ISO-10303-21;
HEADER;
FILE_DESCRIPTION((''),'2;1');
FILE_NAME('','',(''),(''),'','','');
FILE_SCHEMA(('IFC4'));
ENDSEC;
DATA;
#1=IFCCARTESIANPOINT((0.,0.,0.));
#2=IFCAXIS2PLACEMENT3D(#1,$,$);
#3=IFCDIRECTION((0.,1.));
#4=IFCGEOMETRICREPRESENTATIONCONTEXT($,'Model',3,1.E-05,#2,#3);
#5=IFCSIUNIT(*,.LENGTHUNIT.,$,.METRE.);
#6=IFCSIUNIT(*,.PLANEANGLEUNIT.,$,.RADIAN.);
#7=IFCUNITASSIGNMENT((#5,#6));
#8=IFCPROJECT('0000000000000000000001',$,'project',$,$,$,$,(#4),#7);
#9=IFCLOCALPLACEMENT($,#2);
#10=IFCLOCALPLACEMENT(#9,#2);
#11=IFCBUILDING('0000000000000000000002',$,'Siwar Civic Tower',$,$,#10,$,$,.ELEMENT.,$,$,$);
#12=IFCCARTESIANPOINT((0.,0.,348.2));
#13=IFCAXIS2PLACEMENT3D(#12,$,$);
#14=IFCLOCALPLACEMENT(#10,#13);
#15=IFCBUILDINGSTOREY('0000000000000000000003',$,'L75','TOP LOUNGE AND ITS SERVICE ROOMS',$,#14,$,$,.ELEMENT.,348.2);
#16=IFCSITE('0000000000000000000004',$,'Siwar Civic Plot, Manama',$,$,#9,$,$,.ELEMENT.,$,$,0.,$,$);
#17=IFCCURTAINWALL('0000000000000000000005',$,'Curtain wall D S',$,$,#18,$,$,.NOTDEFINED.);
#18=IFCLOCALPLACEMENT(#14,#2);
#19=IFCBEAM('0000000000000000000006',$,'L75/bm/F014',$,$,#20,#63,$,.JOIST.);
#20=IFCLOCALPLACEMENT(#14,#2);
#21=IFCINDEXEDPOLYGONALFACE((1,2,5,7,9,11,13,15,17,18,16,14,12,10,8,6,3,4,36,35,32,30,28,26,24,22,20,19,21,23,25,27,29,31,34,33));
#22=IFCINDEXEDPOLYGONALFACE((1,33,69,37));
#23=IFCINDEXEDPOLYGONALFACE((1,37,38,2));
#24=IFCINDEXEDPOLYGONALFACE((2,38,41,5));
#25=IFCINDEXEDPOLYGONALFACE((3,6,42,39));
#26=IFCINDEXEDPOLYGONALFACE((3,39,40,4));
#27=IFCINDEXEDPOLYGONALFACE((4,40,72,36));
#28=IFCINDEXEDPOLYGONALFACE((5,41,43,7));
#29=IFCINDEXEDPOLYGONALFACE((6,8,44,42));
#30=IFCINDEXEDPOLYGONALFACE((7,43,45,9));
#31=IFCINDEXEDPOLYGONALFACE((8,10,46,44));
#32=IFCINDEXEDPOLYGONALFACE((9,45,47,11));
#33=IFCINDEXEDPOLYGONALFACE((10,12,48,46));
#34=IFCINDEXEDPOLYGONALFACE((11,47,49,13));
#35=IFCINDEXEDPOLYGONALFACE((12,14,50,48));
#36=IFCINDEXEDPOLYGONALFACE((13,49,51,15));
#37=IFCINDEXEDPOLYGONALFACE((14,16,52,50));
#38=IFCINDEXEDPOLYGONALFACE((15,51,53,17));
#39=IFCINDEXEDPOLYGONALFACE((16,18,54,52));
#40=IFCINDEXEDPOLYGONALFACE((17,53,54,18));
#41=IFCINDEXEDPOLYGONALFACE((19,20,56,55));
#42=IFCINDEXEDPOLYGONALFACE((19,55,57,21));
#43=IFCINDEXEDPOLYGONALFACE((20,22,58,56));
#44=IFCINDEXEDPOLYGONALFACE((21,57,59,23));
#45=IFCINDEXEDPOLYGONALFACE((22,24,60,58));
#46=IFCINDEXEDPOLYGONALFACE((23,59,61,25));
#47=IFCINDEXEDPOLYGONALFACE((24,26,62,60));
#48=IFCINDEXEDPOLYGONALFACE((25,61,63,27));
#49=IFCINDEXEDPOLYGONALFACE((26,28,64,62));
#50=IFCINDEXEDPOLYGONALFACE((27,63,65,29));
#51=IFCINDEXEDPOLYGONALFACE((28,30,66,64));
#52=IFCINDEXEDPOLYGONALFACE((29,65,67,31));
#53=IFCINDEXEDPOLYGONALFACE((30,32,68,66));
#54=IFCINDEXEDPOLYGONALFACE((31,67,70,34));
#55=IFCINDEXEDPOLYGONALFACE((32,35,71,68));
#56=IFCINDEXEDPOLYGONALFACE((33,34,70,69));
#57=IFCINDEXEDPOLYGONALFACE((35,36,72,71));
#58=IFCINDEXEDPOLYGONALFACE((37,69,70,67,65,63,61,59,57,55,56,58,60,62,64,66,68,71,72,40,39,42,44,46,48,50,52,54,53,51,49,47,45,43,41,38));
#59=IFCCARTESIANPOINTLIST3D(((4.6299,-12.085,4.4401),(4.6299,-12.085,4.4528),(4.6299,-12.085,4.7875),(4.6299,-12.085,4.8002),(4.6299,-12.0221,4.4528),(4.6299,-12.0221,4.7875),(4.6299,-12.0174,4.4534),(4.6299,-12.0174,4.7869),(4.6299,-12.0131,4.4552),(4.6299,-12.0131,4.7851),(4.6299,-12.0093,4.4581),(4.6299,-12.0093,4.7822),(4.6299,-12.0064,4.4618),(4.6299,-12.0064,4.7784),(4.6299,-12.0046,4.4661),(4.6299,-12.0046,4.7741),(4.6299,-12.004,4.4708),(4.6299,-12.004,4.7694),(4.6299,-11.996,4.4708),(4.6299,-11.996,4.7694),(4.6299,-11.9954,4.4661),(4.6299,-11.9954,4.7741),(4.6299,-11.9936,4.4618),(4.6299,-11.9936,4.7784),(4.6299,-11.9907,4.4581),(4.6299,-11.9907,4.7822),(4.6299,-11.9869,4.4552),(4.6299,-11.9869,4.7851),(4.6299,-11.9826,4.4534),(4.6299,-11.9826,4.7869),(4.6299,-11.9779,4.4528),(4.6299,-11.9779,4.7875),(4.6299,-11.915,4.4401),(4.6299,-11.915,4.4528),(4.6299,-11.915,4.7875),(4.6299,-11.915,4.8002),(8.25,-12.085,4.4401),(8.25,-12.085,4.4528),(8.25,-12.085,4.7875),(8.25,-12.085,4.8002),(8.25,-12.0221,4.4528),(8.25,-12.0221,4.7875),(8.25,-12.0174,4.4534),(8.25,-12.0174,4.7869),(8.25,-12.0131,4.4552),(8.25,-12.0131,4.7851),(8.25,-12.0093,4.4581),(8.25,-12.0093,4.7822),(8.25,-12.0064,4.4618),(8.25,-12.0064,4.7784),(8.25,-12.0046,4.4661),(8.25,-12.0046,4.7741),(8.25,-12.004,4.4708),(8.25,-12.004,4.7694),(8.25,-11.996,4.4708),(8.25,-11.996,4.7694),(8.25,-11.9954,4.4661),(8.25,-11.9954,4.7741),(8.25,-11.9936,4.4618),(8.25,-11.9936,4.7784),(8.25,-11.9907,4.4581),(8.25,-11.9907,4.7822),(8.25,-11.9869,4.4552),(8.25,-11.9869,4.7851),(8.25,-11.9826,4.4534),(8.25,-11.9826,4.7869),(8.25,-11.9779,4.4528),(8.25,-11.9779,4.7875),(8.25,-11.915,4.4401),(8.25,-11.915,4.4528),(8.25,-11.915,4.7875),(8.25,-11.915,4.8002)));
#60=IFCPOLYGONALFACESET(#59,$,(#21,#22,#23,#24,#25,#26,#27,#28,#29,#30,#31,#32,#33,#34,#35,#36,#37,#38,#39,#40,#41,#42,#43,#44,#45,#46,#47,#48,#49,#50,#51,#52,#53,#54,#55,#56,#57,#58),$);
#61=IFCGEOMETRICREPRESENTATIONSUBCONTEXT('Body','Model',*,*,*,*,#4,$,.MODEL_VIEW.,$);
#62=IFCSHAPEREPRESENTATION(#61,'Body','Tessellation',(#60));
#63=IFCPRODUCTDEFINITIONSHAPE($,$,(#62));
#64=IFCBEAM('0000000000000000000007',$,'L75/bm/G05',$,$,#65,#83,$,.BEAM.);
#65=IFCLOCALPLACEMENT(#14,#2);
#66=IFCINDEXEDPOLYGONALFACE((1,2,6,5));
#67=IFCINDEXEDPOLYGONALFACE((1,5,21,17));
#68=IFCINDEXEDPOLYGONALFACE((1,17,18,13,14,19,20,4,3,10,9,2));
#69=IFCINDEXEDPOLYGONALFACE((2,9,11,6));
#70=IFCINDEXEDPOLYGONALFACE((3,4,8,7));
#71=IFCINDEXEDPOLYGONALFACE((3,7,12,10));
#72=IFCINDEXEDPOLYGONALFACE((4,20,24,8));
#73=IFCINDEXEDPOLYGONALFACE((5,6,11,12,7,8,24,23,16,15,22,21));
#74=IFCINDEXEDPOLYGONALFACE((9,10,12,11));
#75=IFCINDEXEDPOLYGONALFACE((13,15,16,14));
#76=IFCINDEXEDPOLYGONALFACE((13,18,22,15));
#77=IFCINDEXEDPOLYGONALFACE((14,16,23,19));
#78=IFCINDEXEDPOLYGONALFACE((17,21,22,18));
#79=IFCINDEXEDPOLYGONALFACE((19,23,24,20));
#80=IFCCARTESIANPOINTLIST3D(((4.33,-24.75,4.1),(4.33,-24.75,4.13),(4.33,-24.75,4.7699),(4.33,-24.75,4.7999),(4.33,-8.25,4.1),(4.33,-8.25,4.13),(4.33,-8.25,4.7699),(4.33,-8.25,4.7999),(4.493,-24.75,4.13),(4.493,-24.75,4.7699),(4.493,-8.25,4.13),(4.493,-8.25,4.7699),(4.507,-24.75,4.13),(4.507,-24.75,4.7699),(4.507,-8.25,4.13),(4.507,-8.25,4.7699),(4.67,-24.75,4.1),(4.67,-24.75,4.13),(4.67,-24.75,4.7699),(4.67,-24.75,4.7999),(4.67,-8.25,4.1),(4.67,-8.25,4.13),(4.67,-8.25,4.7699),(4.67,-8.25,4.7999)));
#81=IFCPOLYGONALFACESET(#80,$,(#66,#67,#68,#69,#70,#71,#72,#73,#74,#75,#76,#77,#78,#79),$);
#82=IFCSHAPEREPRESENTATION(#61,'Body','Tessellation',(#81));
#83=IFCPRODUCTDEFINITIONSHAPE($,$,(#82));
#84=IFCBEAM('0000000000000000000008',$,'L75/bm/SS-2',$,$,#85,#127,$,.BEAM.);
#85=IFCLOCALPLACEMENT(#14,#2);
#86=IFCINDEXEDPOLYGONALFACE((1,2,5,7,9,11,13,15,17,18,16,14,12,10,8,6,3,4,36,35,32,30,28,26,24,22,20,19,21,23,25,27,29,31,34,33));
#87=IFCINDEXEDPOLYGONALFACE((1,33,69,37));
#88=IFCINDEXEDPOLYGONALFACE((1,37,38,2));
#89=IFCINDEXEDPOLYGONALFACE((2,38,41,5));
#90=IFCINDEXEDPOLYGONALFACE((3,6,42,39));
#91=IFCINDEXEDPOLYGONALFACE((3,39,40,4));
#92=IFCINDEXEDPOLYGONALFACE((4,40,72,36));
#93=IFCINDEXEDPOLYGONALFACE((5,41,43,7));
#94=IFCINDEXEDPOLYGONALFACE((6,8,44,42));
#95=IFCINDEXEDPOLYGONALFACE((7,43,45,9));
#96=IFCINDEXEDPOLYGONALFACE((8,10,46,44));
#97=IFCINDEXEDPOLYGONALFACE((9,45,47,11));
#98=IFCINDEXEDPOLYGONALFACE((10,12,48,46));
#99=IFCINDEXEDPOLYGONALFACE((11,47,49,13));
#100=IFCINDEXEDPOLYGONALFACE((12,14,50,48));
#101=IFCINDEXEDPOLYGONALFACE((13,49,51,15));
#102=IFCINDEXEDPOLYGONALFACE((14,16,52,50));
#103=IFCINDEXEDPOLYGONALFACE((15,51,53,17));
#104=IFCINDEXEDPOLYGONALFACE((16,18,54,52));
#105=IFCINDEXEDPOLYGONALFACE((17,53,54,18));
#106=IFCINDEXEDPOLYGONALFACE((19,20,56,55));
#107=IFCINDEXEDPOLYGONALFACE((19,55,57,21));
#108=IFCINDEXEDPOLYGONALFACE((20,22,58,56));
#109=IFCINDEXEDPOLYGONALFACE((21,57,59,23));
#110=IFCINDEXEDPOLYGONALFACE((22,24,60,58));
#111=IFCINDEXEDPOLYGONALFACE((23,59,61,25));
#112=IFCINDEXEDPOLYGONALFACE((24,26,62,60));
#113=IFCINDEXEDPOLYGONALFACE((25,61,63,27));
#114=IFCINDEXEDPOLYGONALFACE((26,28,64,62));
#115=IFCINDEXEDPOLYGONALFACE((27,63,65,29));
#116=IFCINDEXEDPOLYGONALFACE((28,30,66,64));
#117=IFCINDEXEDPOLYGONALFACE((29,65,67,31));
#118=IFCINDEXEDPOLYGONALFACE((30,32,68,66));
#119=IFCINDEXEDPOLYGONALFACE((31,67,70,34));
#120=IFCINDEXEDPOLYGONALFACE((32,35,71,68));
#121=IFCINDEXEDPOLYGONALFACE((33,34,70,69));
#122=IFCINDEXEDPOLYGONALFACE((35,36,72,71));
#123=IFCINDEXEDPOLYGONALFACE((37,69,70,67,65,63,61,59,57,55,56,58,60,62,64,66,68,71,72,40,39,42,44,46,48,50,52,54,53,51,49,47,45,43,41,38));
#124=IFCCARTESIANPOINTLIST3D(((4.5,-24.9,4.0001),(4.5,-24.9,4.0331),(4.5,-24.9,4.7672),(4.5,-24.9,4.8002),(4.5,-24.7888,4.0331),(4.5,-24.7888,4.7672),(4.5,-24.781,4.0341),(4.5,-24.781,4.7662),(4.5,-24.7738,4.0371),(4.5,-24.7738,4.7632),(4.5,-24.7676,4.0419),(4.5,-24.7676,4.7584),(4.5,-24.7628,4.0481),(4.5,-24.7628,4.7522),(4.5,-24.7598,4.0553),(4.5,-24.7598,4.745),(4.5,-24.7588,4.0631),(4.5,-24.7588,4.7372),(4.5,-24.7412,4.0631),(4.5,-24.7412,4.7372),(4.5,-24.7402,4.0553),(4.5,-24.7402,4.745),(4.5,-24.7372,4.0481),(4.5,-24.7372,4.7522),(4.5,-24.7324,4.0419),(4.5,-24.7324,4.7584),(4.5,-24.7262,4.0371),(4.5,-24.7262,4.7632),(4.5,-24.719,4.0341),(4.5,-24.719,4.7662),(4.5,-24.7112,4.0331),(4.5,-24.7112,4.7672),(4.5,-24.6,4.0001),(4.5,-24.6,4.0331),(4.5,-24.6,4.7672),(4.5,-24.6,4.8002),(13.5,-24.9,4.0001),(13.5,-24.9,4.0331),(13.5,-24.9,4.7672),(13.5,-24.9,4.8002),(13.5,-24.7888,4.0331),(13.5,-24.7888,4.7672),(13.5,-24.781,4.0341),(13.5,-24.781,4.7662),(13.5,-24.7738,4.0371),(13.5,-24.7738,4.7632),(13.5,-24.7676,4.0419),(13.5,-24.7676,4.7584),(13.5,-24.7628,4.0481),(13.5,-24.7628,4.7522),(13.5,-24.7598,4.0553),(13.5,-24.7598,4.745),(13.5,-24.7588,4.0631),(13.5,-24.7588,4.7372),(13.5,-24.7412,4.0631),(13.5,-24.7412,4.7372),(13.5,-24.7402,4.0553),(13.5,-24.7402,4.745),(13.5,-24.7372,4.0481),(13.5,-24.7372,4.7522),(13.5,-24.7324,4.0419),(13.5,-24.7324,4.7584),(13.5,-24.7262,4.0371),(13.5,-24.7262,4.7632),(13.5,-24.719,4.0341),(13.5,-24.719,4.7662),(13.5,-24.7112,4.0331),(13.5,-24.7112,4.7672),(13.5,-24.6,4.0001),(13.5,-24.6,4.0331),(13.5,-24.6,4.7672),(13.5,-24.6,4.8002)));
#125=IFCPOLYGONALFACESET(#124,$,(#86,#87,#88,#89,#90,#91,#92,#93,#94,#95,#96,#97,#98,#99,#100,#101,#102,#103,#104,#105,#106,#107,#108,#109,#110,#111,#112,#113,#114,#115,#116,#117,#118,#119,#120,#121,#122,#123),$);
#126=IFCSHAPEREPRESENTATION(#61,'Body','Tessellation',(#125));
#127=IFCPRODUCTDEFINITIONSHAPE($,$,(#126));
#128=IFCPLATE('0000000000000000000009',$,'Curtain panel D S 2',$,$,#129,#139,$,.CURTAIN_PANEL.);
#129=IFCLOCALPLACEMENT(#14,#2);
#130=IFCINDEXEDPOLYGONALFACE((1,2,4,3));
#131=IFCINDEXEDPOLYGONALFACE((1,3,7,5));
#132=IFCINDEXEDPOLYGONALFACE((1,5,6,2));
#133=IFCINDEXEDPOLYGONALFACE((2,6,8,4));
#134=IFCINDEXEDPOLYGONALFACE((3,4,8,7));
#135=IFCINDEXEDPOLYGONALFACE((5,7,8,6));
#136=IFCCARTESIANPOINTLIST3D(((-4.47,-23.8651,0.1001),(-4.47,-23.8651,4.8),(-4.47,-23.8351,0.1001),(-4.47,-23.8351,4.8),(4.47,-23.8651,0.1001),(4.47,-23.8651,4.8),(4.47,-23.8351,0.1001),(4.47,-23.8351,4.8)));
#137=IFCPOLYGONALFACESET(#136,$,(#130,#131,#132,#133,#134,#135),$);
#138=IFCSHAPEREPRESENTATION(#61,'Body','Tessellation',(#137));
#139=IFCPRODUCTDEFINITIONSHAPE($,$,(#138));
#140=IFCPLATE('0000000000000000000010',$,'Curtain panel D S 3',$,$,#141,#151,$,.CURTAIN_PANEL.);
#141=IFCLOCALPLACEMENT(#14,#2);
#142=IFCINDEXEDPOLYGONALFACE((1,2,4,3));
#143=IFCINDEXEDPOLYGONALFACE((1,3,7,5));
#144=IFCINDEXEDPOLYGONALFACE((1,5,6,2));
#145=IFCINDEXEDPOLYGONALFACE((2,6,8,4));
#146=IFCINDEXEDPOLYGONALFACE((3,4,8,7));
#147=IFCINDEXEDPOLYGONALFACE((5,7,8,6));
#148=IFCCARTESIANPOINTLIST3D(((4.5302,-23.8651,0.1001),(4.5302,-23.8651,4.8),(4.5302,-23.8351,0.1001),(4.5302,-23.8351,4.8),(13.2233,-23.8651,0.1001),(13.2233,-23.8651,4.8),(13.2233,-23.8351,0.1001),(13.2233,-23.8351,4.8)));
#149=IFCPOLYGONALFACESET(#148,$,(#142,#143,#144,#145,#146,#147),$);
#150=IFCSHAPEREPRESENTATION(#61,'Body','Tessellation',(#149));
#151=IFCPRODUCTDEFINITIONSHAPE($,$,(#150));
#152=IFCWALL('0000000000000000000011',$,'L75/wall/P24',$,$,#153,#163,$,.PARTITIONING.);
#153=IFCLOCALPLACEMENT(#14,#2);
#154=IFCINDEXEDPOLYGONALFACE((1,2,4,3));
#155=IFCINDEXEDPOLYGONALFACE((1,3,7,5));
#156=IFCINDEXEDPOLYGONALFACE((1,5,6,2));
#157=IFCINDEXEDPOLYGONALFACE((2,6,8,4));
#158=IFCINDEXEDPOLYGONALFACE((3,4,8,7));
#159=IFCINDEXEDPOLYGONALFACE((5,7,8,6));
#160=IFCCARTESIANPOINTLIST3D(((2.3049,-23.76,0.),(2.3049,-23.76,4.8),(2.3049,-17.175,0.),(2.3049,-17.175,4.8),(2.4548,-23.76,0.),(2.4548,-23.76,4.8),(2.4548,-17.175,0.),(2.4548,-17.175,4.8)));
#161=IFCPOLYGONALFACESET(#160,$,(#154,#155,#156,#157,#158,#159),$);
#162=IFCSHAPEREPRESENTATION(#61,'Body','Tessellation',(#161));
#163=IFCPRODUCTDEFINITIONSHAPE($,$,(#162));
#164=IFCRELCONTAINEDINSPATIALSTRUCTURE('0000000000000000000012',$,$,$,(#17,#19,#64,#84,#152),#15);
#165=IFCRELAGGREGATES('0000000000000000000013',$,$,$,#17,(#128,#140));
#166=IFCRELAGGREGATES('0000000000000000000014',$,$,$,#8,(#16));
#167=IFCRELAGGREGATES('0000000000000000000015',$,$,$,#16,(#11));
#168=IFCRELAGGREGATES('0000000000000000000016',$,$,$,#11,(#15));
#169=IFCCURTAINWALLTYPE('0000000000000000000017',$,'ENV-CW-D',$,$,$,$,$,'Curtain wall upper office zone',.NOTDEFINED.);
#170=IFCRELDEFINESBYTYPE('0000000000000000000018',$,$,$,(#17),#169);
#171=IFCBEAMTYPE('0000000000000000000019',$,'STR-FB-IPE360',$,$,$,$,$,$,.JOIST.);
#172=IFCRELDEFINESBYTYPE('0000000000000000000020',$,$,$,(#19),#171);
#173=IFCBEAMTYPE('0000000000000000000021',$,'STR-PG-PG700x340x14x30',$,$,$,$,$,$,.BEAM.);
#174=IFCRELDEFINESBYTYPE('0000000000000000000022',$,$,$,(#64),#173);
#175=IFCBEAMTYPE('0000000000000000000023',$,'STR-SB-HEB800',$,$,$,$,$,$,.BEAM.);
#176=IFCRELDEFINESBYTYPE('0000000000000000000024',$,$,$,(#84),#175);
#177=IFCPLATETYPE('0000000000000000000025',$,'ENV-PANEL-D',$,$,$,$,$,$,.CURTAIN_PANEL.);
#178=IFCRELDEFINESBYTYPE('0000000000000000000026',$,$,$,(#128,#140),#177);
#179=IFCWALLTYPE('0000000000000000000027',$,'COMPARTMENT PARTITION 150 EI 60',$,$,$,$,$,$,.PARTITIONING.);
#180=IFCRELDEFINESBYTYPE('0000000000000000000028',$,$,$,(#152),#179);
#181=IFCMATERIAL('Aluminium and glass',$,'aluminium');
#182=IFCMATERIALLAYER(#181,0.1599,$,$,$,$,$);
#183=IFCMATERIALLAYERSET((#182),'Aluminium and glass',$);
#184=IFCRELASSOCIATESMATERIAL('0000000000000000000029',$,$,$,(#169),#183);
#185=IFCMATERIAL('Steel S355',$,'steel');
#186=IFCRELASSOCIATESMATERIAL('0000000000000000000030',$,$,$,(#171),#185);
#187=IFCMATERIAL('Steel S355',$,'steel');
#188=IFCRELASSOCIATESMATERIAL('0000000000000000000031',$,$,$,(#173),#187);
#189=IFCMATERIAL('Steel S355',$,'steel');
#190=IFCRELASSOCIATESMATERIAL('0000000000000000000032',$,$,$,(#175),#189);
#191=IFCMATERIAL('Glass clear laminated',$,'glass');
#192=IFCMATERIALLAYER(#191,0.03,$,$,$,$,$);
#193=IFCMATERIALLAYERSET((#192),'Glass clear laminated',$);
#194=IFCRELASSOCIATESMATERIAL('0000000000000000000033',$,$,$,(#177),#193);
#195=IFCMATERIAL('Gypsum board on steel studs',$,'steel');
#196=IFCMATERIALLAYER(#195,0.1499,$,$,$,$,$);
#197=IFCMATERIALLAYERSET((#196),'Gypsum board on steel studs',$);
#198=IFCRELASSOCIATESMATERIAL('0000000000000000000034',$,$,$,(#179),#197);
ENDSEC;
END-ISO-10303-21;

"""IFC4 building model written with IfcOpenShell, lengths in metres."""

from ifc_helpers import new_model, si_unit, direction, frame, frame_2d, origin, origin_2d, place, context, subcontext, project, spatial, rectangle, i_section, extrude, material, layer, layer_set, material_profile, profile_set, type_object, element, aggregate, save


model = new_model("IFC4")

# Units and contexts
model_context = context("Model", 3, precision=1e-05, world=origin(), true_north=direction((0.0, 1.0)))
body_context = subcontext(model_context, "Body", "Model", "MODEL_VIEW")
ifc_project = project(units=[si_unit("LENGTHUNIT", "METRE"), si_unit("PLANEANGLEUNIT", "RADIAN")], contexts=[model_context])

# Site, building, storey
site_placement = place(None, origin())
site = spatial("IfcSite", under=ifc_project, at=site_placement, Name="Siwar Civic Plot, Manama", CompositionType="ELEMENT", RefElevation=0.0)
building_placement = place(site_placement, origin())
building = spatial("IfcBuilding", under=site, at=building_placement, Name="Siwar Civic Tower", CompositionType="ELEMENT")
storey_placement = place(building_placement, frame((0.0, 0.0, 348.2)))
storey = spatial("IfcBuildingStorey", under=building, at=storey_placement, Name="L75", Description="TOP LOUNGE AND ITS SERVICE ROOMS", CompositionType="ELEMENT", Elevation=348.2)

# Curtain wall
ifc_material_1 = material(Name="Aluminium and glass", Category="aluminium")
ifc_layer_1 = layer(ifc_material_1, 0.1599)
ifc_layer_set_1 = layer_set([ifc_layer_1], Name="Aluminium and glass")
curtain_wall_type_1 = type_object("IfcCurtainWallType", Name="ENV-CW-D", ElementType="Curtain wall upper office zone", PredefinedType="NOTDEFINED", material=ifc_layer_set_1)
curtain_wall_1_placement = place(storey_placement, origin())
curtain_wall_1 = element("IfcCurtainWall", 1, at=curtain_wall_1_placement, inside=storey, type_object=curtain_wall_type_1, Name="Curtain wall D S", PredefinedType="NOTDEFINED")

# Beams
ifc_material_2 = material(Name="Steel S355", Category="steel")
ifc_material_profile_1 = material_profile(ifc_material_2, i_section(OverallWidth=0.1699, OverallDepth=0.3601, WebThickness=0.0081, FlangeThickness=0.0127, FilletRadius=0.0181, at=origin_2d()), Name="IPE360")
ifc_profile_set_1 = profile_set([ifc_material_profile_1], Name="Steel S355")
beam_type_1 = type_object("IfcBeamType", Name="STR-FB-IPE360", PredefinedType="JOIST", material=ifc_profile_set_1)
beam_1_placement = place(storey_placement, frame((4.6299, -12.0, 4.6201), z_axis=(1.0, 0.0, 0.0), x_axis=(0.0, 1.0, 0.0)))
element("IfcBeam", 2, at=beam_1_placement, inside=storey, type_object=beam_type_1, Name="L75/bm/F014", PredefinedType="JOIST", context=body_context, shape_type="SweptSolid", body=[
    extrude(i_section(OverallWidth=0.1699, OverallDepth=0.3601, WebThickness=0.0081, FlangeThickness=0.0127, FilletRadius=0.0181, at=origin_2d()), origin(), (0.0, 0.0, 1.0), 3.6201),
])
ifc_material_3 = material(Name="Steel S355", Category="steel")
ifc_material_profile_2 = material_profile(ifc_material_3, i_section(OverallWidth=0.3401, OverallDepth=0.7, WebThickness=0.0139, FlangeThickness=0.03, at=origin_2d()), Name="PG700x340x14x30")
ifc_profile_set_2 = profile_set([ifc_material_profile_2], Name="Steel S355")
beam_type_2 = type_object("IfcBeamType", Name="STR-PG-PG700x340x14x30", PredefinedType="BEAM", material=ifc_profile_set_2)
beam_2_placement = place(storey_placement, frame((4.5, -24.75, 4.45), z_axis=(0.0, 1.0, 0.0), x_axis=(-1.0, 0.0, 0.0)))
element("IfcBeam", 3, at=beam_2_placement, inside=storey, type_object=beam_type_2, Name="L75/bm/G05", PredefinedType="BEAM", context=body_context, shape_type="SweptSolid", body=[
    extrude(i_section(OverallWidth=0.3401, OverallDepth=0.7, WebThickness=0.0139, FlangeThickness=0.03, at=origin_2d()), origin(), (0.0, 0.0, 1.0), 16.5),
])
ifc_material_4 = material(Name="Steel S355", Category="steel")
ifc_material_profile_3 = material_profile(ifc_material_4, i_section(OverallWidth=0.3, OverallDepth=0.8, WebThickness=0.0176, FlangeThickness=0.033, FilletRadius=0.03, at=origin_2d()), Name="HEB800")
ifc_profile_set_3 = profile_set([ifc_material_profile_3], Name="Steel S355")
beam_type_3 = type_object("IfcBeamType", Name="STR-SB-HEB800", PredefinedType="BEAM", material=ifc_profile_set_3)
beam_3_placement = place(storey_placement, frame((4.5, -24.75, 4.4001), z_axis=(1.0, 0.0, 0.0), x_axis=(0.0, 1.0, 0.0)))
element("IfcBeam", 4, at=beam_3_placement, inside=storey, type_object=beam_type_3, Name="L75/bm/SS-2", PredefinedType="BEAM", context=body_context, shape_type="SweptSolid", body=[
    extrude(i_section(OverallWidth=0.3, OverallDepth=0.8, WebThickness=0.0176, FlangeThickness=0.033, FilletRadius=0.03, at=origin_2d()), origin(), (0.0, 0.0, 1.0), 9.0),
])

# Plates
ifc_material_5 = material(Name="Glass clear laminated", Category="glass")
ifc_layer_2 = layer(ifc_material_5, 0.03)
ifc_layer_set_2 = layer_set([ifc_layer_2], Name="Glass clear laminated")
plate_type = type_object("IfcPlateType", Name="ENV-PANEL-D", PredefinedType="CURTAIN_PANEL", material=ifc_layer_set_2)
plate_1_placement = place(storey_placement, frame((0.0, -23.8501, 0.1001), z_axis=(0.0, 0.0, 1.0), x_axis=(1.0, 0.0, 0.0)))
plate_1 = element("IfcPlate", 5, at=plate_1_placement, type_object=plate_type, Name="Curtain panel D S 2", PredefinedType="CURTAIN_PANEL", context=body_context, shape_type="SweptSolid", body=[
    extrude(rectangle(XDim=8.9399, YDim=0.03, at=origin_2d()), origin(), (0.0, 0.0, 1.0), 4.7),
])
plate_2_placement = place(storey_placement, frame((8.8767, -23.8501, 0.1001), z_axis=(0.0, 0.0, 1.0), x_axis=(1.0, 0.0, 0.0)))
plate_2 = element("IfcPlate", 6, at=plate_2_placement, type_object=plate_type, Name="Curtain panel D S 3", PredefinedType="CURTAIN_PANEL", context=body_context, shape_type="SweptSolid", body=[
    extrude(rectangle(XDim=8.6931, YDim=0.03, at=origin_2d()), origin(), (0.0, 0.0, 1.0), 4.7),
])
aggregate(curtain_wall_1, [plate_1, plate_2])

# Wall
ifc_material_6 = material(Name="Gypsum board on steel studs", Category="steel")
ifc_layer_3 = layer(ifc_material_6, 0.1499)
ifc_layer_set_3 = layer_set([ifc_layer_3], Name="Gypsum board on steel studs")
wall_type_1 = type_object("IfcWallType", Name="COMPARTMENT PARTITION 150 EI 60", PredefinedType="PARTITIONING", material=ifc_layer_set_3)
wall_1_placement = place(storey_placement, frame((2.3799, -23.76, 0.0), z_axis=(0.0, 0.0, 1.0), x_axis=(0.0, 1.0, 0.0)))
element("IfcWall", 7, at=wall_1_placement, inside=storey, type_object=wall_type_1, Name="L75/wall/P24", PredefinedType="PARTITIONING", context=body_context, shape_type="SweptSolid", body=[
    extrude(rectangle(XDim=6.585, YDim=0.1499, at=frame_2d((3.2925, 0.0))), origin(), (0.0, 0.0, 1.0), 4.8),
])

save(model, "model.ifc")
